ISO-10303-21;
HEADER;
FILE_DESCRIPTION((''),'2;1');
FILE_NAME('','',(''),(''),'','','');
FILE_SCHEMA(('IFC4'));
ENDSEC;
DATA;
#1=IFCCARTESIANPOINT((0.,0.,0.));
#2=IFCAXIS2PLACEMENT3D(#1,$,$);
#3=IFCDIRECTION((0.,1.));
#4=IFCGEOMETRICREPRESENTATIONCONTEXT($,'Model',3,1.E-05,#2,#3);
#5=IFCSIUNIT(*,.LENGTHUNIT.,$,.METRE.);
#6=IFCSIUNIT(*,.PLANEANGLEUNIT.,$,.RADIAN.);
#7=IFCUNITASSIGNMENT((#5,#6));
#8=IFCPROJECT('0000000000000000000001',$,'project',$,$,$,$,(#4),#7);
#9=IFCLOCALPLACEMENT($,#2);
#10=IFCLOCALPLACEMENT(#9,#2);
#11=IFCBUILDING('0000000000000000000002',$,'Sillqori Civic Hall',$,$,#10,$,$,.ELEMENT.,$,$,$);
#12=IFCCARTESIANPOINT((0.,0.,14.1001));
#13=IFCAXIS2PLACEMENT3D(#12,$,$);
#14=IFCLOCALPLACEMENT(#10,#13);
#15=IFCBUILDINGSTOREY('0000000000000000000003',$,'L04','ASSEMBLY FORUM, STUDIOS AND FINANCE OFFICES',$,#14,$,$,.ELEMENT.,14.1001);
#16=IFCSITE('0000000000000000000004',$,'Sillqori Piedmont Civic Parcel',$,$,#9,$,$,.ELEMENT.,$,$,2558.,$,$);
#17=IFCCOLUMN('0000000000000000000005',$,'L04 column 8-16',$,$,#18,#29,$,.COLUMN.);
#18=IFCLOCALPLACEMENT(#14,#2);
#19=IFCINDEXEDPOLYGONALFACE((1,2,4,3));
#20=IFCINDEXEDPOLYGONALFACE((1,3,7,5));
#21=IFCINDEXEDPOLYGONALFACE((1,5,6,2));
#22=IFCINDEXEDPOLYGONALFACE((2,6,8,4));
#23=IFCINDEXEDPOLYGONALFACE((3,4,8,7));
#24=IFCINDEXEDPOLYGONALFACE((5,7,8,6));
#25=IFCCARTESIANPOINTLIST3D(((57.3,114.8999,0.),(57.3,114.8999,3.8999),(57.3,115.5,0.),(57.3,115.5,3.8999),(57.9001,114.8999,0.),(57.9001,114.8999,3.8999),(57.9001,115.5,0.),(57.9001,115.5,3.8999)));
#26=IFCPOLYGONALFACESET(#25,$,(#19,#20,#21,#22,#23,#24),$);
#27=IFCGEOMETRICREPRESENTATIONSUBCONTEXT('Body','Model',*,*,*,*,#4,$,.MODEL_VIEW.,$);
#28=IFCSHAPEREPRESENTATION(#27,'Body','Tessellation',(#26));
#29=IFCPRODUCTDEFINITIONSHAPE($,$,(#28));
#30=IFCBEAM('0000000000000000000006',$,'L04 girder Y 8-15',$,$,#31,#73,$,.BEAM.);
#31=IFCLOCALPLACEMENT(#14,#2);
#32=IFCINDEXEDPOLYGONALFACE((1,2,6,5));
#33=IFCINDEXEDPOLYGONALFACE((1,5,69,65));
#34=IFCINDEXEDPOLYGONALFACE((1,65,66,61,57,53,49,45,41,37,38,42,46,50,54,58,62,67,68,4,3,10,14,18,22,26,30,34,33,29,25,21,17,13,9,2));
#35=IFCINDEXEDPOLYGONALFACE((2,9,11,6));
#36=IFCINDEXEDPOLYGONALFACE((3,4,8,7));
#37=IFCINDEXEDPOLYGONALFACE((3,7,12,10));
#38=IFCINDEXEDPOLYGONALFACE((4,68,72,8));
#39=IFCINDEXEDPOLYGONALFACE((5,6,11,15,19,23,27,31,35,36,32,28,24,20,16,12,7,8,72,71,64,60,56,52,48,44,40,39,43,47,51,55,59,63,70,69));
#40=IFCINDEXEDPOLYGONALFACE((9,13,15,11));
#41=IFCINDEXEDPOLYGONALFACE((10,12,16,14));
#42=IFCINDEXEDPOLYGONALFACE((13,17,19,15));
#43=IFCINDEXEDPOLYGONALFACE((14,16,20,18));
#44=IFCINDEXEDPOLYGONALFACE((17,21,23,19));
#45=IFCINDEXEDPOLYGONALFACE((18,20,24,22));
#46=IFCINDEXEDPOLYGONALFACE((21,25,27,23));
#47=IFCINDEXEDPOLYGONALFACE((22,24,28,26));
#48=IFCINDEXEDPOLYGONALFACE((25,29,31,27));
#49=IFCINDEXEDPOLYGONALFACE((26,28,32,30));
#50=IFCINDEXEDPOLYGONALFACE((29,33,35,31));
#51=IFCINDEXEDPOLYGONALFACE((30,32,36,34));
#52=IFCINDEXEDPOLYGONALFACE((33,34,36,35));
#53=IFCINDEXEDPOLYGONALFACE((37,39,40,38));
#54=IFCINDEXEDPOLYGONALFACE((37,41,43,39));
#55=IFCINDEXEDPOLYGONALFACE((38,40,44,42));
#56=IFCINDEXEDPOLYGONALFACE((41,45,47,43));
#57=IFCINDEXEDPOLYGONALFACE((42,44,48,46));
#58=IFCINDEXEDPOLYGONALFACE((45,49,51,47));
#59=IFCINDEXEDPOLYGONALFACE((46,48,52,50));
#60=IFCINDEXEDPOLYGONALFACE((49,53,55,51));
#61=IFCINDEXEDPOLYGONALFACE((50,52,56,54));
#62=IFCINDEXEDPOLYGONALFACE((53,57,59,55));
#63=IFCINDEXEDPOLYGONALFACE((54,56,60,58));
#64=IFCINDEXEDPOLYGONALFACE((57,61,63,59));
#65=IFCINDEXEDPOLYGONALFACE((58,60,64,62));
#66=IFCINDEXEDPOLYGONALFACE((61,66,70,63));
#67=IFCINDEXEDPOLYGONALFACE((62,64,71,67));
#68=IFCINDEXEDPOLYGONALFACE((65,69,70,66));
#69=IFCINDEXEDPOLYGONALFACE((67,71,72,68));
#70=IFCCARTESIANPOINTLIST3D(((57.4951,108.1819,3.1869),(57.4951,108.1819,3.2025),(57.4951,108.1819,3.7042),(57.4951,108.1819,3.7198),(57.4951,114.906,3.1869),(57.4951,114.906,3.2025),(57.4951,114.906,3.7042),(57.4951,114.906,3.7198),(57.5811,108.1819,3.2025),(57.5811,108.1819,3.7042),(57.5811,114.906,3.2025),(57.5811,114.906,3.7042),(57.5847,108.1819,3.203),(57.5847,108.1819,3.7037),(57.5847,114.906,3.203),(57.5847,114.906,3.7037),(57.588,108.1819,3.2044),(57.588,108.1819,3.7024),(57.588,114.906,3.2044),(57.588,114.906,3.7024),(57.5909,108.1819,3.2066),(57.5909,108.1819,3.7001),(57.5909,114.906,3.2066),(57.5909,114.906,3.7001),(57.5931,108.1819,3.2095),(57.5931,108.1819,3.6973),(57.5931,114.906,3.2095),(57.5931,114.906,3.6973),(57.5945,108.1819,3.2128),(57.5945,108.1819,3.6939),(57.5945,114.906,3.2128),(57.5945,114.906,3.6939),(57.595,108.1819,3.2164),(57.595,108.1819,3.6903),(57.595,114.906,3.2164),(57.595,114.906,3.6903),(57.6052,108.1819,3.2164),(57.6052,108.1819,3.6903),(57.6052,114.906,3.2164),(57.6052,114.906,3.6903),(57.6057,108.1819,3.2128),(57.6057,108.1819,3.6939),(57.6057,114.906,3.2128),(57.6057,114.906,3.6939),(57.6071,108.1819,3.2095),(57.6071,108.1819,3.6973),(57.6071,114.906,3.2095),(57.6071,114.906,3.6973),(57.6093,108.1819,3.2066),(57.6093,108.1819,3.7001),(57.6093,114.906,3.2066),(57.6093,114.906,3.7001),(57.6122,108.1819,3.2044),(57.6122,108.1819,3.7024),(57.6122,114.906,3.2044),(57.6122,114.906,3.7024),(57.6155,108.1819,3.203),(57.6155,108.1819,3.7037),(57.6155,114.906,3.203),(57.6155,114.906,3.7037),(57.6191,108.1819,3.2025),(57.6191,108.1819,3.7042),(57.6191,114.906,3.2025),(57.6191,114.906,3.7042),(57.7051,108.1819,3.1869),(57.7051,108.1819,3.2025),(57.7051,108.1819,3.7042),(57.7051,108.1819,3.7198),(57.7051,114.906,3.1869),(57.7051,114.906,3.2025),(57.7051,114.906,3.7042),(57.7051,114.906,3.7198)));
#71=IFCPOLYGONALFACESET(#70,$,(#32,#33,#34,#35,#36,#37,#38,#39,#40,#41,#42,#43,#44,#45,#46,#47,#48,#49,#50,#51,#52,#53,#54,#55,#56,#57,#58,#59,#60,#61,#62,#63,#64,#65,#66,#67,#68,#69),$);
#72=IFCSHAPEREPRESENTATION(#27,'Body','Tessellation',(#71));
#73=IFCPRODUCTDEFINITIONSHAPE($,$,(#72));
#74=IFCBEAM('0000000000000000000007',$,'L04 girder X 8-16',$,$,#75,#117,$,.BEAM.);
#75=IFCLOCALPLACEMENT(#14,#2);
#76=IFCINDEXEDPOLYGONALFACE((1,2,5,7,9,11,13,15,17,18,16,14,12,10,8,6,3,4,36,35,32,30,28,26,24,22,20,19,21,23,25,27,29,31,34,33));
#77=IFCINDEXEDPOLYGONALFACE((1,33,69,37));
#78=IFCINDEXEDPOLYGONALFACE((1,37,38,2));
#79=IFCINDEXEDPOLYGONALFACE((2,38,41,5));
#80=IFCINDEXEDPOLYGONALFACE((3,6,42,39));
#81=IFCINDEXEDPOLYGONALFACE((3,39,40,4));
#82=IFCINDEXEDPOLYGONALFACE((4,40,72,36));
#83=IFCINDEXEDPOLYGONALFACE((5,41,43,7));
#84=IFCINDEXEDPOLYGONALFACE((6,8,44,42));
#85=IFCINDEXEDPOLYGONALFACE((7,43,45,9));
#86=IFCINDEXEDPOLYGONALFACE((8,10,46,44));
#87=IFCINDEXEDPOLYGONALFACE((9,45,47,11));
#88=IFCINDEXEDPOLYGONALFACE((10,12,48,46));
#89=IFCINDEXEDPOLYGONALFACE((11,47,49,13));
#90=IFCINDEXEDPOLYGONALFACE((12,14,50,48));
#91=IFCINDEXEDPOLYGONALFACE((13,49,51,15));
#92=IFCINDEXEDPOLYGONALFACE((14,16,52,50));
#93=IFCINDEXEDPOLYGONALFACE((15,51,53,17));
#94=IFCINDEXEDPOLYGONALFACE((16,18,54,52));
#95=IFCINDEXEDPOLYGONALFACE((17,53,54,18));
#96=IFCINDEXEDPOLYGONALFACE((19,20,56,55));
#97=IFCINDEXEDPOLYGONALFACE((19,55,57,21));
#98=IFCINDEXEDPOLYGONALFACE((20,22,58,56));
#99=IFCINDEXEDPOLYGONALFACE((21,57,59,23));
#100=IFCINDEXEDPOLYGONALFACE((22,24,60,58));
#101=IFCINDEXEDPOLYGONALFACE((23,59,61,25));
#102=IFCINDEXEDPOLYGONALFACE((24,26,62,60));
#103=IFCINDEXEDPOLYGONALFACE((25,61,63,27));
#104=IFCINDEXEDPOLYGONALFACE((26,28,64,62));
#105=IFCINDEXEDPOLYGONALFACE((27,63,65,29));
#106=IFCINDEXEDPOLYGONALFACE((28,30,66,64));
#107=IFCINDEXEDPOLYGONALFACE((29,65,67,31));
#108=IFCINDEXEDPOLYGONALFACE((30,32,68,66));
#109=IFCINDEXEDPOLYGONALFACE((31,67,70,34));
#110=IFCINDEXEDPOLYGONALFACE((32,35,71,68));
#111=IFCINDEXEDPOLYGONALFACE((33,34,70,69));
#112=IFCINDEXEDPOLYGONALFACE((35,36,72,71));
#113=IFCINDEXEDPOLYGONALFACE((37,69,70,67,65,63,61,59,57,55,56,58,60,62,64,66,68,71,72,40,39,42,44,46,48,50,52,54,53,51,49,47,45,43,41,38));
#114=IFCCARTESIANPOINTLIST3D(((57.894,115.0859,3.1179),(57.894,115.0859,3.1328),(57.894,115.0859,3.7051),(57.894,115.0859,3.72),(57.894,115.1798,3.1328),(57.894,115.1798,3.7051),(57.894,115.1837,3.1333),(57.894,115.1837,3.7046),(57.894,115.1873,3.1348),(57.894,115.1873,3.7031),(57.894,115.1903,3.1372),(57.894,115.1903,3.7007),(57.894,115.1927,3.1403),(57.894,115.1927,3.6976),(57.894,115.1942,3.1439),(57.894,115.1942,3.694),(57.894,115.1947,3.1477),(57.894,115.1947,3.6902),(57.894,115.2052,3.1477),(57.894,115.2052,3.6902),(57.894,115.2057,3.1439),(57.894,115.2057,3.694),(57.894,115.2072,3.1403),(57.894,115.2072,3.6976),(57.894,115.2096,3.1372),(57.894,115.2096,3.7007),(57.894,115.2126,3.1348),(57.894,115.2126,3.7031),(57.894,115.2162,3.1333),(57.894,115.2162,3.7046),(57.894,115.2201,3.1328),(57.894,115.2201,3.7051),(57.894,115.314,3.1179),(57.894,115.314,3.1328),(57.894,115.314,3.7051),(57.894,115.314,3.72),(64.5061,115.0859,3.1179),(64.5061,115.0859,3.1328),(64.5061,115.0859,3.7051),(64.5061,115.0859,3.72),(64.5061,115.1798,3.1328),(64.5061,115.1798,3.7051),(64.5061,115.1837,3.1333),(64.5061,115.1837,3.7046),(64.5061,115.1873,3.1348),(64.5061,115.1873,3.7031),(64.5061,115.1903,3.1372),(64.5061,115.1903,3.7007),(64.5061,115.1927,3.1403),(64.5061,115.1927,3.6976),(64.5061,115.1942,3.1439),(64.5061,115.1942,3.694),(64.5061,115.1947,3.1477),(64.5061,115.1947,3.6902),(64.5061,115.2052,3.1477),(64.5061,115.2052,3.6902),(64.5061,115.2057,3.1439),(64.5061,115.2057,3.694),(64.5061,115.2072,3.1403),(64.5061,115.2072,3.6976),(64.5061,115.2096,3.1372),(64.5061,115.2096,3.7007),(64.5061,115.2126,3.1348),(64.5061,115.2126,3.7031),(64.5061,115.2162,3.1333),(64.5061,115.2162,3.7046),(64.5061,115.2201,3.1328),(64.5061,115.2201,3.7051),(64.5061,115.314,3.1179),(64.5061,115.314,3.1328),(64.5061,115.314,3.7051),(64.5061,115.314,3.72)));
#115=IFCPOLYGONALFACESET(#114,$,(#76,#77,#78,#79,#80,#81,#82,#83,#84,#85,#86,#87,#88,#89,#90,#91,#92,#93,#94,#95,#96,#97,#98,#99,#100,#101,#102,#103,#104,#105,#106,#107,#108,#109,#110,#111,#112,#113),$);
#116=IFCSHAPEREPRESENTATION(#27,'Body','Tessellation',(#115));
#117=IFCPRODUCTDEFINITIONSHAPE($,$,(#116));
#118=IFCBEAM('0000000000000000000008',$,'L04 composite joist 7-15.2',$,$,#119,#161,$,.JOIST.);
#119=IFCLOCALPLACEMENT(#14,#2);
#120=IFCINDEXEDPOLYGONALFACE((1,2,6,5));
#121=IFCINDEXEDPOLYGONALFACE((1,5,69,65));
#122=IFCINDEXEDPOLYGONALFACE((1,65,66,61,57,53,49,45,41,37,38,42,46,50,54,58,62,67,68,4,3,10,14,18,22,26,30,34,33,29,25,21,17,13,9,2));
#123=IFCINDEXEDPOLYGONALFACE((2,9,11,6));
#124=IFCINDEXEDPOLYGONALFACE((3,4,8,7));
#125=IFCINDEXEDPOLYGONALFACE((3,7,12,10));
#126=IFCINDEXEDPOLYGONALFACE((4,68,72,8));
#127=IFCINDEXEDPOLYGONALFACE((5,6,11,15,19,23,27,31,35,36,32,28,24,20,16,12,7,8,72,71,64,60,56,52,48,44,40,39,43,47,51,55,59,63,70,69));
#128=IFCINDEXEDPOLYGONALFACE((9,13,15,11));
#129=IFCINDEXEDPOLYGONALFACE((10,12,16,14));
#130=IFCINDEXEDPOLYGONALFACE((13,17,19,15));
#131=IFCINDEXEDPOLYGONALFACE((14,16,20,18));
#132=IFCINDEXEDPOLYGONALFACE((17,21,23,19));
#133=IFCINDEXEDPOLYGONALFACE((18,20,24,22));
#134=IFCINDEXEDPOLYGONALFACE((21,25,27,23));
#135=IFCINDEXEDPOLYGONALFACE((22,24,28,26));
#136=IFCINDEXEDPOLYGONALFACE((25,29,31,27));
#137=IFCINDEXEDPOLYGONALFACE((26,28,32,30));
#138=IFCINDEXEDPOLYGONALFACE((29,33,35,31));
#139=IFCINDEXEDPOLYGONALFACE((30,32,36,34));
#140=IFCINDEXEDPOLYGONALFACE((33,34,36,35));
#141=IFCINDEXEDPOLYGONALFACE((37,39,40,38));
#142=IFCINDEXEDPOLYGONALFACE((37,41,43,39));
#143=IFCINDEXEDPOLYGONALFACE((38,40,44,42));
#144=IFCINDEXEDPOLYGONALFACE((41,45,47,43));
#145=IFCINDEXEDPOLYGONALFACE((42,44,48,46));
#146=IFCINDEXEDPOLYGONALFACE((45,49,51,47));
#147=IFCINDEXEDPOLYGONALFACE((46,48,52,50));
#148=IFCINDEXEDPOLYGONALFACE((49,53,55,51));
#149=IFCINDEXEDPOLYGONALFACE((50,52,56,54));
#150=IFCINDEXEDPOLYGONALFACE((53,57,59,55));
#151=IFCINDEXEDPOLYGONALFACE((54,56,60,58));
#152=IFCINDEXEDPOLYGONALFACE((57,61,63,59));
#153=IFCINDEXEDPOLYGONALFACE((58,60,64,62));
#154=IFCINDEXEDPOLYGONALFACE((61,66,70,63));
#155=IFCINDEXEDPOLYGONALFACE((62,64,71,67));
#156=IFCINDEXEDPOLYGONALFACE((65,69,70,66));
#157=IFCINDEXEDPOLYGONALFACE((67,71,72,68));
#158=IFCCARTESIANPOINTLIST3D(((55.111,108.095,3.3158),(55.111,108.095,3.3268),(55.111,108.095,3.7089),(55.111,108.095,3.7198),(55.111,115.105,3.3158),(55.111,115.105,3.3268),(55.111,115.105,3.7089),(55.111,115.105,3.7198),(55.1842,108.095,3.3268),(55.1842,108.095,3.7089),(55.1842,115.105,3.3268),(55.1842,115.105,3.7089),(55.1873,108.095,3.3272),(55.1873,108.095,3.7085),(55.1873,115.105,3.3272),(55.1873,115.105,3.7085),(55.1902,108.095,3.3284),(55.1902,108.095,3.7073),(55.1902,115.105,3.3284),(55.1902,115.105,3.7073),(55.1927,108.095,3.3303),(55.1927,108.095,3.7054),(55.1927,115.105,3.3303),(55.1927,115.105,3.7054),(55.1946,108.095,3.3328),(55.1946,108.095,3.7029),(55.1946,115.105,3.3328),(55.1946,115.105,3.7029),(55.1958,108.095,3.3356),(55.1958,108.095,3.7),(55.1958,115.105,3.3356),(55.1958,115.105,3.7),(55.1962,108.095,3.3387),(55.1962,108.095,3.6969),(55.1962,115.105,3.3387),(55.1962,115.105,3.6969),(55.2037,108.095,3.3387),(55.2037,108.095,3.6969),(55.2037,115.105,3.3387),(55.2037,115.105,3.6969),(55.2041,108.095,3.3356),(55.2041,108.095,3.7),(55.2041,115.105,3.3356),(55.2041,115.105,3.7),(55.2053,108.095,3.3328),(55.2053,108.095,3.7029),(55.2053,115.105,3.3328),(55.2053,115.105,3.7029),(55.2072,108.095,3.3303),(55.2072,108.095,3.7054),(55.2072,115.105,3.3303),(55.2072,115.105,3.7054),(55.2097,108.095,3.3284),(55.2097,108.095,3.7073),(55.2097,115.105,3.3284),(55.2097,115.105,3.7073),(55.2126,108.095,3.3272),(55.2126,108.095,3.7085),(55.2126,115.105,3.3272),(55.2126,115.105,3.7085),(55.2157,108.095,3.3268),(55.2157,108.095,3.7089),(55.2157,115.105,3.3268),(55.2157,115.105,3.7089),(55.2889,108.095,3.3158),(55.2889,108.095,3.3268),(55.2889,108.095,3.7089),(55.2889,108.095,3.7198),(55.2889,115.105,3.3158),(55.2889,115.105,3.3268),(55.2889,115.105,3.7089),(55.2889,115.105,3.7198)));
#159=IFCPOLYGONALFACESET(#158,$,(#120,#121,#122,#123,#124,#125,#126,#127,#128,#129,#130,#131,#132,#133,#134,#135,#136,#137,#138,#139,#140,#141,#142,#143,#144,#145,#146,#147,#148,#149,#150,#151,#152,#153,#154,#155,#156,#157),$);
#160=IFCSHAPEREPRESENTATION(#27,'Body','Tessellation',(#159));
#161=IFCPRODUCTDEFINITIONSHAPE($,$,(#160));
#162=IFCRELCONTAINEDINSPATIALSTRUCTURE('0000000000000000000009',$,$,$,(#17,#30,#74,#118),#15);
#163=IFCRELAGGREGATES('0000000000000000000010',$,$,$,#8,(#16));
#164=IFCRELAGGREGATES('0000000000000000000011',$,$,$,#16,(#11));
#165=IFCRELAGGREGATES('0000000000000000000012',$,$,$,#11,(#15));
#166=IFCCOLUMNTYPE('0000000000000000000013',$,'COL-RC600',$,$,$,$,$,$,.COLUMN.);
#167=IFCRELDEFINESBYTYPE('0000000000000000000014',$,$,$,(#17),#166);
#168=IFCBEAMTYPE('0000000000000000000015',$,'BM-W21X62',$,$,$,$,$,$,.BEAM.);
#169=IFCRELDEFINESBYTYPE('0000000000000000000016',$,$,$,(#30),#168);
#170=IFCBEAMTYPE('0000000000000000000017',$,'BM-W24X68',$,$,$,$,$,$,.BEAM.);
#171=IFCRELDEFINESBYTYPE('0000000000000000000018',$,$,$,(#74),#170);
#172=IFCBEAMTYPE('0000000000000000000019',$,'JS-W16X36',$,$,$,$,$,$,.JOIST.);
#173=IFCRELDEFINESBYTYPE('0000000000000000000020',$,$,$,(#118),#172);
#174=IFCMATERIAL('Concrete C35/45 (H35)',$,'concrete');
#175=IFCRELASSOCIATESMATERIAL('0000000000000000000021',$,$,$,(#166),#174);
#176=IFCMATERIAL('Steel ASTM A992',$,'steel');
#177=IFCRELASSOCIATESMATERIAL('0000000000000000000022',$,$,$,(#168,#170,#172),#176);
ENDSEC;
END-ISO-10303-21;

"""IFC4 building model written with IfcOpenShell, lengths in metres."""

from ifc_helpers import new_model, si_unit, direction, frame, origin, origin_2d, place, context, subcontext, project, spatial, rectangle, i_section, extrude, material, material_profile, profile_set, type_object, element, save


model = new_model("IFC4")

# Units and contexts
model_context = context("Model", 3, precision=1e-05, world=origin(), true_north=direction((0.0, 1.0)))
body_context = subcontext(model_context, "Body", "Model", "MODEL_VIEW")
ifc_project = project(units=[si_unit("LENGTHUNIT", "METRE"), si_unit("PLANEANGLEUNIT", "RADIAN")], contexts=[model_context])

# Site, building, storey
site_placement = place(None, origin())
site = spatial("IfcSite", under=ifc_project, at=site_placement, Name="Sillqori Piedmont Civic Parcel", CompositionType="ELEMENT", RefElevation=2558.0)
building_placement = place(site_placement, origin())
building = spatial("IfcBuilding", under=site, at=building_placement, Name="Sillqori Civic Hall", CompositionType="ELEMENT")
storey_placement = place(building_placement, frame((0.0, 0.0, 14.1001)))
storey = spatial("IfcBuildingStorey", under=building, at=storey_placement, Name="L04", Description="ASSEMBLY FORUM, STUDIOS AND FINANCE OFFICES", CompositionType="ELEMENT", Elevation=14.1001)

# Column
ifc_material_1 = material(Name="Concrete C35/45 (H35)", Category="concrete")
ifc_material_profile_1 = material_profile(ifc_material_1, rectangle(XDim=0.6001, YDim=0.6001, at=origin_2d()), Name="RC 600x600")
ifc_profile_set_1 = profile_set([ifc_material_profile_1], Name="Concrete C35/45 (H35)")
column_type = type_object("IfcColumnType", Name="COL-RC600", PredefinedType="COLUMN", material=ifc_profile_set_1)
column_placement = place(storey_placement, frame((57.6001, 115.2, 0.0), z_axis=(0.0, 0.0, 1.0), x_axis=(1.0, 0.0, 0.0)))
element("IfcColumn", 1, at=column_placement, inside=storey, type_object=column_type, Name="L04 column 8-16", PredefinedType="COLUMN", context=body_context, shape_type="SweptSolid", body=[
    extrude(rectangle(XDim=0.6001, YDim=0.6001, at=origin_2d()), origin(), (0.0, 0.0, 1.0), 3.8999),
])

# Beams
ifc_material_2 = material(Name="Steel ASTM A992", Category="steel")
ifc_material_profile_2 = material_profile(ifc_material_2, i_section(OverallWidth=0.21, OverallDepth=0.533, WebThickness=0.0103, FlangeThickness=0.0156, FilletRadius=0.0139, at=origin_2d()), Name="W21X62")
ifc_profile_set_2 = profile_set([ifc_material_profile_2], Name="Steel ASTM A992")
beam_type_1 = type_object("IfcBeamType", Name="BM-W21X62", PredefinedType="BEAM", material=ifc_profile_set_2)
beam_1_placement = place(storey_placement, frame((57.6001, 108.1819, 3.4534), z_axis=(0.0, 1.0, 0.0), x_axis=(-1.0, 0.0, 0.0)))
element("IfcBeam", 2, at=beam_1_placement, inside=storey, type_object=beam_type_1, Name="L04 girder Y 8-15", PredefinedType="BEAM", context=body_context, shape_type="SweptSolid", body=[
    extrude(i_section(OverallWidth=0.21, OverallDepth=0.533, WebThickness=0.0103, FlangeThickness=0.0156, FilletRadius=0.0139, at=origin_2d()), origin(), (0.0, 0.0, 1.0), 6.7241),
])
ifc_material_profile_3 = material_profile(ifc_material_2, i_section(OverallWidth=0.228, OverallDepth=0.6021, WebThickness=0.0105, FlangeThickness=0.0149, FilletRadius=0.0149, at=origin_2d()), Name="W24X68")
ifc_profile_set_3 = profile_set([ifc_material_profile_3], Name="Steel ASTM A992")
beam_type_2 = type_object("IfcBeamType", Name="BM-W24X68", PredefinedType="BEAM", material=ifc_profile_set_3)
beam_2_placement = place(storey_placement, frame((57.894, 115.2, 3.4189), z_axis=(1.0, 0.0, 0.0), x_axis=(0.0, 1.0, 0.0)))
element("IfcBeam", 3, at=beam_2_placement, inside=storey, type_object=beam_type_2, Name="L04 girder X 8-16", PredefinedType="BEAM", context=body_context, shape_type="SweptSolid", body=[
    extrude(i_section(OverallWidth=0.228, OverallDepth=0.6021, WebThickness=0.0105, FlangeThickness=0.0149, FilletRadius=0.0149, at=origin_2d()), origin(), (0.0, 0.0, 1.0), 6.6121),
])

# Beam
ifc_material_profile_4 = material_profile(ifc_material_2, i_section(OverallWidth=0.178, OverallDepth=0.4041, WebThickness=0.0076, FlangeThickness=0.011, FilletRadius=0.012, at=origin_2d()), Name="W16X36")
ifc_profile_set_4 = profile_set([ifc_material_profile_4], Name="Steel ASTM A992")
beam_type_3 = type_object("IfcBeamType", Name="JS-W16X36", PredefinedType="JOIST", material=ifc_profile_set_4)
beam_3_placement = place(storey_placement, frame((55.2, 108.095, 3.5178), z_axis=(0.0, 1.0, 0.0), x_axis=(-1.0, 0.0, 0.0)))
element("IfcBeam", 4, at=beam_3_placement, inside=storey, type_object=beam_type_3, Name="L04 composite joist 7-15.2", PredefinedType="JOIST", context=body_context, shape_type="SweptSolid", body=[
    extrude(i_section(OverallWidth=0.178, OverallDepth=0.4041, WebThickness=0.0076, FlangeThickness=0.011, FilletRadius=0.012, at=origin_2d()), origin(), (0.0, 0.0, 1.0), 7.01),
])

save(model, "model.ifc")
